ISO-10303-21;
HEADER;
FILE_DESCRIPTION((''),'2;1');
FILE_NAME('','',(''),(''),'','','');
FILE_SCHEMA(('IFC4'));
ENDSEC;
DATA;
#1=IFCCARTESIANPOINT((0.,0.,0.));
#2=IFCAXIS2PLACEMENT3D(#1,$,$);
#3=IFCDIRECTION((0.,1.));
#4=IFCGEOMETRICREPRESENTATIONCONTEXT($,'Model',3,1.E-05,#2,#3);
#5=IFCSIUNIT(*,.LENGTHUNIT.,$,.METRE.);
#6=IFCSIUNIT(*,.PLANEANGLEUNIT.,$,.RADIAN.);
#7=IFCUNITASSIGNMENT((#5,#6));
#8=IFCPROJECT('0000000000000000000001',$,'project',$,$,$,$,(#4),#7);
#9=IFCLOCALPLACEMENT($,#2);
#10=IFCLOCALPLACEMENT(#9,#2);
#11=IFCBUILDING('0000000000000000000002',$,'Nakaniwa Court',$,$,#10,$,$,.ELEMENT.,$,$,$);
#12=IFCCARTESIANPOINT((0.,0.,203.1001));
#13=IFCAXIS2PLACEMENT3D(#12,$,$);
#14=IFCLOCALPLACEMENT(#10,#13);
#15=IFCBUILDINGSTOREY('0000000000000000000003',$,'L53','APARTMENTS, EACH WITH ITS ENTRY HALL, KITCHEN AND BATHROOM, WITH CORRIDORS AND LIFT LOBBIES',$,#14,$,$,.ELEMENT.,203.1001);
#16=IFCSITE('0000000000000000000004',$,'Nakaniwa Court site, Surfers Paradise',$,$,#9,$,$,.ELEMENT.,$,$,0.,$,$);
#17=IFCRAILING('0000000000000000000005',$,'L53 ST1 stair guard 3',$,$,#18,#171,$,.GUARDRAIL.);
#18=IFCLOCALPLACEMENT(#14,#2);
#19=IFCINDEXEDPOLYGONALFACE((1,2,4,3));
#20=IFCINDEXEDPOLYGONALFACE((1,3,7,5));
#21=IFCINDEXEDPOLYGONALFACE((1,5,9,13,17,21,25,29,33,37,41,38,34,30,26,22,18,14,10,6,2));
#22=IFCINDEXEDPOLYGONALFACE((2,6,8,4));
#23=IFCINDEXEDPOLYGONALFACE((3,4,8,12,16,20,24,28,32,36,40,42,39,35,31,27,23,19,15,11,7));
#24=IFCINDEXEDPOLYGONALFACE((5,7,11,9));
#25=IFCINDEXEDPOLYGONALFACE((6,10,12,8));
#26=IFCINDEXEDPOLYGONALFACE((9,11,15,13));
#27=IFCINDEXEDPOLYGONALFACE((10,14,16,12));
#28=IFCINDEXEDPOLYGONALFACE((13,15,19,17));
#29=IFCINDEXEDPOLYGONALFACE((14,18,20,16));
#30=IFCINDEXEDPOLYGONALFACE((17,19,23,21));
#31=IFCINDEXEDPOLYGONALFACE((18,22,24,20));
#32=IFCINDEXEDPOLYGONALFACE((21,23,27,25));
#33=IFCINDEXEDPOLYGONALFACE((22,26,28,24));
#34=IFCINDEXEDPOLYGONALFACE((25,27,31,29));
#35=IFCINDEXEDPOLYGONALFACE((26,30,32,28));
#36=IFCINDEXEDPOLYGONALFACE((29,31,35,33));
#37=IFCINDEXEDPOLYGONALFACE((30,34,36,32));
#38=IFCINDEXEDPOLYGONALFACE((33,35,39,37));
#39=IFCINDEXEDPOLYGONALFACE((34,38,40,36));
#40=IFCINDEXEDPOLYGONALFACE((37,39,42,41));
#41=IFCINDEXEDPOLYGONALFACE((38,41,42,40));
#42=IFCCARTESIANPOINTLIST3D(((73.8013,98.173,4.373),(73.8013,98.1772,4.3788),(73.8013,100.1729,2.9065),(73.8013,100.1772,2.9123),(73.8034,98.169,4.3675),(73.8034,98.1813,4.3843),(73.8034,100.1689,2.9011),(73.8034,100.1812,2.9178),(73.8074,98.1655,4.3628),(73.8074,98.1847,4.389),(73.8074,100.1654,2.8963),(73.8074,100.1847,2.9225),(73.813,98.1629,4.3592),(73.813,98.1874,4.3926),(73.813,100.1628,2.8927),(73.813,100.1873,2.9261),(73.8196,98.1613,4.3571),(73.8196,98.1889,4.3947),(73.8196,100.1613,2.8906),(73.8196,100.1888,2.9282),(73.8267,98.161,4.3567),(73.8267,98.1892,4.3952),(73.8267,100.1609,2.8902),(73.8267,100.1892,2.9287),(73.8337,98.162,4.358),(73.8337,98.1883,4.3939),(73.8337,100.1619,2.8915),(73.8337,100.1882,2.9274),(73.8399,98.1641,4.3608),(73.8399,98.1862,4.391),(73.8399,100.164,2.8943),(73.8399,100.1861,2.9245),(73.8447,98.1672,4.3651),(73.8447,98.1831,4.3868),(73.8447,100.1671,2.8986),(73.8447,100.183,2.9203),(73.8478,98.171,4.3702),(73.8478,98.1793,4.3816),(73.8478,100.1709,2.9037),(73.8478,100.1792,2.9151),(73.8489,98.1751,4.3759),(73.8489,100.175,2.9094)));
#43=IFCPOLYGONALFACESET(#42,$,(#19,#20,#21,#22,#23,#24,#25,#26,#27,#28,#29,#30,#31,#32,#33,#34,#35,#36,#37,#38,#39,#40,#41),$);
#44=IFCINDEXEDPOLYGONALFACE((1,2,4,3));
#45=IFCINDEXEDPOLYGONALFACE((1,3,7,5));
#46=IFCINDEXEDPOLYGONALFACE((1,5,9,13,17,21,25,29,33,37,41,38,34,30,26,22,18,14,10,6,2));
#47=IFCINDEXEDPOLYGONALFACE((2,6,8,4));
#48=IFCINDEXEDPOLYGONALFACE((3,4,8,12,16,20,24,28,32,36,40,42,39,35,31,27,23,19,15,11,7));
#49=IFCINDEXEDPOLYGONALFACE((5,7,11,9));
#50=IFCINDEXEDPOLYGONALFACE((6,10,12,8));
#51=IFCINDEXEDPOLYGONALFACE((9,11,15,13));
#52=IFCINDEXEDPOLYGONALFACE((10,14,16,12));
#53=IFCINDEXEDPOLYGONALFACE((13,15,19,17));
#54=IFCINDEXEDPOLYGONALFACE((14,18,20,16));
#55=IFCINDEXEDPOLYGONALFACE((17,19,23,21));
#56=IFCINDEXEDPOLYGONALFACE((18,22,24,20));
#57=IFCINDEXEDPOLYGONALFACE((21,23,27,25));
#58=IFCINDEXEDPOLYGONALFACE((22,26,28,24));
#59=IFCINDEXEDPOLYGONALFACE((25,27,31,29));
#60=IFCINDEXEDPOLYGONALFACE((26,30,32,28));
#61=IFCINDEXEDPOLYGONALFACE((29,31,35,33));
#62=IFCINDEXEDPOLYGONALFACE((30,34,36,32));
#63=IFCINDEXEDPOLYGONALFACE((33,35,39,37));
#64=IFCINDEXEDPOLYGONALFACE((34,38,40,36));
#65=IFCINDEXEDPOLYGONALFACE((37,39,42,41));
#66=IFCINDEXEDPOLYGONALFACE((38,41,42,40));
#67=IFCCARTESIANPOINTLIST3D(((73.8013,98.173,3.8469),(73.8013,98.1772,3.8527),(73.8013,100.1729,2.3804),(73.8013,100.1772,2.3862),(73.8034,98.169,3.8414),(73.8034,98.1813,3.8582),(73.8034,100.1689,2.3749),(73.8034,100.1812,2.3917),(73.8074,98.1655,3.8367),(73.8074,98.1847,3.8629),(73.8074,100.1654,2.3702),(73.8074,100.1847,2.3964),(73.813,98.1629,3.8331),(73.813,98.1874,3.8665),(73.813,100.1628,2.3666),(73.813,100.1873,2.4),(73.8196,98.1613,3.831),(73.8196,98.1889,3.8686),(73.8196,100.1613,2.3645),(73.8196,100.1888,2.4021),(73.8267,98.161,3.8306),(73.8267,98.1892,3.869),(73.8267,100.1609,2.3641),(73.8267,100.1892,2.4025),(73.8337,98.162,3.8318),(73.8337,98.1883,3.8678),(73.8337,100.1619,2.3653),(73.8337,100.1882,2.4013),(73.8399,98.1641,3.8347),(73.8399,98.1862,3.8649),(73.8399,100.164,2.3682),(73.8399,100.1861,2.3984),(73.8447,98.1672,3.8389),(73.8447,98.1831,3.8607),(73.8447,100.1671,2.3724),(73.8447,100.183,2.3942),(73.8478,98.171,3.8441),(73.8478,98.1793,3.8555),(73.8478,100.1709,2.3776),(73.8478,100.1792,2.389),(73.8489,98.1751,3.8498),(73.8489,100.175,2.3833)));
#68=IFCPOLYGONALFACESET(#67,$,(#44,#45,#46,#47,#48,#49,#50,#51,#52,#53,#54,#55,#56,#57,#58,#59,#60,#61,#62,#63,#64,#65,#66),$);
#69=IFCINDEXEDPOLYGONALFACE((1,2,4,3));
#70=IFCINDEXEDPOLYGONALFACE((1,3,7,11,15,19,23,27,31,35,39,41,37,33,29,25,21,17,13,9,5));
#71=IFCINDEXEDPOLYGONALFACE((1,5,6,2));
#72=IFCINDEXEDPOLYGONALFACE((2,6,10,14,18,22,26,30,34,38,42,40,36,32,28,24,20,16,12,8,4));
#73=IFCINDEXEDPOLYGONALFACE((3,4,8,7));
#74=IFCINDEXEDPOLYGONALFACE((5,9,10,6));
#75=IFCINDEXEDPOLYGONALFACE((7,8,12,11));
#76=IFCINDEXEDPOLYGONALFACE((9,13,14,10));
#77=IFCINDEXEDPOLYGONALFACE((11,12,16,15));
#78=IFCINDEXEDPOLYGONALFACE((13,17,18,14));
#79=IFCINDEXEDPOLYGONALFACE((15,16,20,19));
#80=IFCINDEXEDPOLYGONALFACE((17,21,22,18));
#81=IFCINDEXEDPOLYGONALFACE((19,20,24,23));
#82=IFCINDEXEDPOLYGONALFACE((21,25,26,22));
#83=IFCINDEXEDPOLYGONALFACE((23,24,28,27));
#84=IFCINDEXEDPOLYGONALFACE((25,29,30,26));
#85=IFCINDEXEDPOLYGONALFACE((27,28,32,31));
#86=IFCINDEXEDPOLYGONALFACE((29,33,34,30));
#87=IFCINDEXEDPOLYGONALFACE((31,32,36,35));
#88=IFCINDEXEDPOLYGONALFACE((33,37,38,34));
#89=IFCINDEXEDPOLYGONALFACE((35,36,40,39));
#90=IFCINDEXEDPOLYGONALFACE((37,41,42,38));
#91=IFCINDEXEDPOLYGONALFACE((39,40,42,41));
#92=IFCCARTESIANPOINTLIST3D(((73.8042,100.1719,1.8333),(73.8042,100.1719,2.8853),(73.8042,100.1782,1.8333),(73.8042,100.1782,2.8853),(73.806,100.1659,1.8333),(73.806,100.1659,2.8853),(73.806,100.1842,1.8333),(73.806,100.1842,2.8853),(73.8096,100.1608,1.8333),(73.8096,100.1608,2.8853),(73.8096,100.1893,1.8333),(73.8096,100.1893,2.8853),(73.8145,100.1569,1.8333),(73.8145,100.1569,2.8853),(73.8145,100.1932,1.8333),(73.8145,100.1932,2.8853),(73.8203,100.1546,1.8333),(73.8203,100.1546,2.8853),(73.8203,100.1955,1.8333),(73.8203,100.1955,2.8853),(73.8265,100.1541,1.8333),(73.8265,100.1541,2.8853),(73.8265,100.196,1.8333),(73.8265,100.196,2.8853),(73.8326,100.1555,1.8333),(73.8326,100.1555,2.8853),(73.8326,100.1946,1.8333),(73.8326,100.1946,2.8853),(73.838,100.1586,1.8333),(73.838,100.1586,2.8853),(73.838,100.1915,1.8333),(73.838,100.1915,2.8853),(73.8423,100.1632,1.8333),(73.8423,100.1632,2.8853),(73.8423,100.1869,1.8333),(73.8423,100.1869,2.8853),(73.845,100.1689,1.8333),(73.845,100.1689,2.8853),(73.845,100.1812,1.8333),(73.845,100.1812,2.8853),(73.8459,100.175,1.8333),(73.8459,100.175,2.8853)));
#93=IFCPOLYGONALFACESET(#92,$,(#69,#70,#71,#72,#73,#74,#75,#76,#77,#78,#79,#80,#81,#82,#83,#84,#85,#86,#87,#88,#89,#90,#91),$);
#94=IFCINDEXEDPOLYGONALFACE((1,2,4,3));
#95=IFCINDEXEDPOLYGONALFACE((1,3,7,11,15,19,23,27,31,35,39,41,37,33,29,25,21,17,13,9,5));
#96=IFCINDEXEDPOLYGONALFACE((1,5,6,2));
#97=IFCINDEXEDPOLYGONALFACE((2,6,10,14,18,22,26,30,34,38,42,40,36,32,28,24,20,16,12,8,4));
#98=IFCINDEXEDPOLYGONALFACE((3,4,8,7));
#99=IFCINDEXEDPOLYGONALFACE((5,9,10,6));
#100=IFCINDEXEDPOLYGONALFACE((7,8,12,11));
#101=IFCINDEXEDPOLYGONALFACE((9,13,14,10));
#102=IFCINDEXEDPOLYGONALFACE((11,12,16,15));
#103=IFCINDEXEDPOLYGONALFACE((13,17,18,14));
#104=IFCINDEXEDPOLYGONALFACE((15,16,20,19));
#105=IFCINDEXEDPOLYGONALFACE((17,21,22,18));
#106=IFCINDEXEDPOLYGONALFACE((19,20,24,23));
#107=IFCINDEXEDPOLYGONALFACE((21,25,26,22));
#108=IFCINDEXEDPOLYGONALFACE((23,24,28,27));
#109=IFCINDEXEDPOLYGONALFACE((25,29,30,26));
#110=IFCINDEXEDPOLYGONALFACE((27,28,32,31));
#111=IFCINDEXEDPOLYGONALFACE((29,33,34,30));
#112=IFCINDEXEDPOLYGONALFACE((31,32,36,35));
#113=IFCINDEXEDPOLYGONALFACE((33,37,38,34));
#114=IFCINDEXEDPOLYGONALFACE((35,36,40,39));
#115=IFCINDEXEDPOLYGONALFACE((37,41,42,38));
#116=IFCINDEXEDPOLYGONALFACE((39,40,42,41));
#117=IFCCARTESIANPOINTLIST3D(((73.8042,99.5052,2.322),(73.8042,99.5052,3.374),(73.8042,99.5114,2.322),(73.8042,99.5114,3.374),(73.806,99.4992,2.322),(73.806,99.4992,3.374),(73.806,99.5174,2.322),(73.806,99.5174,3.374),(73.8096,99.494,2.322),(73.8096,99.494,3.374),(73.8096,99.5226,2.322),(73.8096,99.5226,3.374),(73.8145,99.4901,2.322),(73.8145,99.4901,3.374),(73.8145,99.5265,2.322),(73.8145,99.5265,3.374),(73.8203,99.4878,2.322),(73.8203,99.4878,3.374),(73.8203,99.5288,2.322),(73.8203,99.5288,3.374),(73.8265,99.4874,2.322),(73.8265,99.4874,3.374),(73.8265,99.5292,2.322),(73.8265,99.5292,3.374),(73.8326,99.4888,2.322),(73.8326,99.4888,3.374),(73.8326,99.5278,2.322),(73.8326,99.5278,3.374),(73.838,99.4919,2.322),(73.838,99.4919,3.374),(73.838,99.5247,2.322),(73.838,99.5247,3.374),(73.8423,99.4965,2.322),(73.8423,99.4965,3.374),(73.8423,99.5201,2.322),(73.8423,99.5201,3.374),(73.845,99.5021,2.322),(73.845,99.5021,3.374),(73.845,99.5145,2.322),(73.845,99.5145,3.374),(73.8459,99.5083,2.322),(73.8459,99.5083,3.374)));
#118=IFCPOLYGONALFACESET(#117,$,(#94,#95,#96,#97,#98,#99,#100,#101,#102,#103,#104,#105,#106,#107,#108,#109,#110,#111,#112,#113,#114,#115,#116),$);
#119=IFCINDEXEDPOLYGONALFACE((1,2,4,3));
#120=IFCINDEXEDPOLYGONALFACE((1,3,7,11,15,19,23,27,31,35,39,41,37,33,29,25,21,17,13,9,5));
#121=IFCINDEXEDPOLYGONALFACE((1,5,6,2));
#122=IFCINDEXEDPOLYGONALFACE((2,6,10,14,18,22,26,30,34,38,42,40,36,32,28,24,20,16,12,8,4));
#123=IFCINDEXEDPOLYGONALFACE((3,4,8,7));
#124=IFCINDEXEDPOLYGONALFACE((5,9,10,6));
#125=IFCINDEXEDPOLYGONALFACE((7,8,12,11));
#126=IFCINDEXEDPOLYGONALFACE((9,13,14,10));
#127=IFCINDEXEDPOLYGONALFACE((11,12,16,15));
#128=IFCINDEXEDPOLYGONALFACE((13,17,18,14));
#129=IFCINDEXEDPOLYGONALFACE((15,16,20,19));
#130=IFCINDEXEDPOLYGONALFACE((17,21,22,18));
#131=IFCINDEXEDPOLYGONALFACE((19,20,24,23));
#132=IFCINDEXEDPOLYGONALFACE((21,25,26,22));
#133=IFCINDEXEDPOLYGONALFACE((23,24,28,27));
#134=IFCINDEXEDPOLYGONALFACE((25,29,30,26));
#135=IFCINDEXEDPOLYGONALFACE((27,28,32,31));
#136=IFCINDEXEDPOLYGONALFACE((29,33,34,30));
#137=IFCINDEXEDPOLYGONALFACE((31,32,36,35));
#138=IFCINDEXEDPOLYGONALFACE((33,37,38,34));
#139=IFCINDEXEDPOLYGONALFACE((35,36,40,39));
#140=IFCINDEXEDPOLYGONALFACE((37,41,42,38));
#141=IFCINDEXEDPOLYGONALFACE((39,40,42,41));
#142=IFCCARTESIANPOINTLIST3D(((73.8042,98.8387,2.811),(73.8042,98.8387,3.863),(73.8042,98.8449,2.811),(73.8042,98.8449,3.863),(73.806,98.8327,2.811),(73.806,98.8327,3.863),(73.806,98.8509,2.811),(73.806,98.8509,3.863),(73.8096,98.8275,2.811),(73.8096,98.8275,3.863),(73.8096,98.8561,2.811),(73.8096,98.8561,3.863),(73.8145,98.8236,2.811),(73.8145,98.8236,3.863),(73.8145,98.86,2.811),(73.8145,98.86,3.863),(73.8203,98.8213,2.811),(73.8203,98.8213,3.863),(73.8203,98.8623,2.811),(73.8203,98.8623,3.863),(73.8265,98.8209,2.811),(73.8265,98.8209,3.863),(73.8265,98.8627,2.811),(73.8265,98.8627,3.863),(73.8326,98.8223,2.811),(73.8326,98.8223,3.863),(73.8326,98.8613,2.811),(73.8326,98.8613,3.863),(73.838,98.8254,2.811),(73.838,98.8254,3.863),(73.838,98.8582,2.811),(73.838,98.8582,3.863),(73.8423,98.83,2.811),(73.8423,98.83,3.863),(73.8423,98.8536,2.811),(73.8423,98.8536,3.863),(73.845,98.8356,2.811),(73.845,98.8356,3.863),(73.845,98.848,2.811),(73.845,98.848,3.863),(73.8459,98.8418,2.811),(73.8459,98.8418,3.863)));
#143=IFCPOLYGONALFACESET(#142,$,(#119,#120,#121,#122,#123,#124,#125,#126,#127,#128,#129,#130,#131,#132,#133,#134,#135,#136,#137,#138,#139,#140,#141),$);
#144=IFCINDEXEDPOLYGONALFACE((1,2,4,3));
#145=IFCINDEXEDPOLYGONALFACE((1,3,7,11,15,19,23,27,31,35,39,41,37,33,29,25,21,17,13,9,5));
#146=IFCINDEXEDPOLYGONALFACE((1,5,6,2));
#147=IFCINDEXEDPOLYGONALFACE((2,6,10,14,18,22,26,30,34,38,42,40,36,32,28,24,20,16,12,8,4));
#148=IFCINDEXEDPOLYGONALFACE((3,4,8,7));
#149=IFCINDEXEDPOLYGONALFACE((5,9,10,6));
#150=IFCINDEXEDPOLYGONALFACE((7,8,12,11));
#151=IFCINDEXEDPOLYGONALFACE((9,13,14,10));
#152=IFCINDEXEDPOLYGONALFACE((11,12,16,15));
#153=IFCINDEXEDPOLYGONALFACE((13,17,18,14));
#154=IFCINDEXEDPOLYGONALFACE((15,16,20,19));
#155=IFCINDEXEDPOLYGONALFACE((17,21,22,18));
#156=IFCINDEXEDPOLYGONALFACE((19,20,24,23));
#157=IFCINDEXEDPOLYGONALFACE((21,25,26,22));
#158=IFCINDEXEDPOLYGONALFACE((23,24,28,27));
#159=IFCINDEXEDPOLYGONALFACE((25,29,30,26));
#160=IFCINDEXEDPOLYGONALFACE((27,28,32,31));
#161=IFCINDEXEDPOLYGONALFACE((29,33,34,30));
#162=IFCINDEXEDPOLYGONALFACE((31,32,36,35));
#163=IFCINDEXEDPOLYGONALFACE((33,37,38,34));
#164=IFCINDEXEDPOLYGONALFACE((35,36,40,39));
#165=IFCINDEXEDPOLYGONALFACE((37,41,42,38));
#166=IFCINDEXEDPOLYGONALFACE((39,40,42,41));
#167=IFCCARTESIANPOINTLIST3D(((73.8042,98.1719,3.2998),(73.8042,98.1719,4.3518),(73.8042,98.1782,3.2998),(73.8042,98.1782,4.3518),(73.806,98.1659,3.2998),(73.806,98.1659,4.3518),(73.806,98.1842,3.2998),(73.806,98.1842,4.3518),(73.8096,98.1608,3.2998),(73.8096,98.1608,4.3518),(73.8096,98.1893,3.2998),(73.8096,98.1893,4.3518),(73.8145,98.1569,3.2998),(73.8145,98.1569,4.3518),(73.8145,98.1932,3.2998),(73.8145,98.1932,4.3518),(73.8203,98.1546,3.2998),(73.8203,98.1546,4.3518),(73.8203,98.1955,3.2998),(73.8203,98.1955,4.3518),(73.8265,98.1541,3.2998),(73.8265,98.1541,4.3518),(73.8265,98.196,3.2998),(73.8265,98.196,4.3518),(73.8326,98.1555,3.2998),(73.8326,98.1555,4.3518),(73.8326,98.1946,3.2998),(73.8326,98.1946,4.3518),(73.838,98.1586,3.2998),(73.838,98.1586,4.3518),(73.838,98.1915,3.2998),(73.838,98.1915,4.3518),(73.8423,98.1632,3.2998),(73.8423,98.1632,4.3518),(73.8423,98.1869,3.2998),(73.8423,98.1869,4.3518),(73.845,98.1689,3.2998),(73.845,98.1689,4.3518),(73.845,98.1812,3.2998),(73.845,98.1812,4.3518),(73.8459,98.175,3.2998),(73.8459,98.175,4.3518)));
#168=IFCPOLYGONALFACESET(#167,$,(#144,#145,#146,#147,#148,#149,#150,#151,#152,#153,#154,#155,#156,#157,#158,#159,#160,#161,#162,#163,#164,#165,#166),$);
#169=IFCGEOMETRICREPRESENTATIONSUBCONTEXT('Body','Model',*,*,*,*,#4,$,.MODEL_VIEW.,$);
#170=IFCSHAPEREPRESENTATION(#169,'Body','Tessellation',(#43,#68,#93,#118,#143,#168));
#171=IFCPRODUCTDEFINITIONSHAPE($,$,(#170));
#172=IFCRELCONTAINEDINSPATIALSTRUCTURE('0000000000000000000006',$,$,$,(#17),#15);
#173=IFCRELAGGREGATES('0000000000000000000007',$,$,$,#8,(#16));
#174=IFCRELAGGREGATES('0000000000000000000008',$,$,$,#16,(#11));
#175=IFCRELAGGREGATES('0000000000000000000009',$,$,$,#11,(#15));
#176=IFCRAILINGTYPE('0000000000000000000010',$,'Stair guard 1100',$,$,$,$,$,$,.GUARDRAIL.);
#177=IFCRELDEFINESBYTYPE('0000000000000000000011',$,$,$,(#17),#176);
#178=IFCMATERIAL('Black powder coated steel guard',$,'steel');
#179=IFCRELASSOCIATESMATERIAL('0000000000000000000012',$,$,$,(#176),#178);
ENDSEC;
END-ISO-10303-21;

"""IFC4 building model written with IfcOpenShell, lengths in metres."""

from ifc_helpers import new_model, si_unit, direction, frame, origin, origin_2d, place, context, subcontext, project, spatial, circle, extrude, material, type_object, element, save


model = new_model("IFC4")

# Units and contexts
model_context = context("Model", 3, precision=1e-05, world=origin(), true_north=direction((0.0, 1.0)))
body_context = subcontext(model_context, "Body", "Model", "MODEL_VIEW")
ifc_project = project(units=[si_unit("LENGTHUNIT", "METRE"), si_unit("PLANEANGLEUNIT", "RADIAN")], contexts=[model_context])

# Site, building, storey
site_placement = place(None, origin())
site = spatial("IfcSite", under=ifc_project, at=site_placement, Name="Nakaniwa Court site, Surfers Paradise", CompositionType="ELEMENT", RefElevation=0.0)
building_placement = place(site_placement, origin())
building = spatial("IfcBuilding", under=site, at=building_placement, Name="Nakaniwa Court", CompositionType="ELEMENT")
storey_placement = place(building_placement, frame((0.0, 0.0, 203.1001)))
storey = spatial("IfcBuildingStorey", under=building, at=storey_placement, Name="L53", Description="APARTMENTS, EACH WITH ITS ENTRY HALL, KITCHEN AND BATHROOM, WITH CORRIDORS AND LIFT LOBBIES", CompositionType="ELEMENT", Elevation=203.1001)

# Railing
ifc_material_1 = material(Name="Black powder coated steel guard", Category="steel")
railing_type_1 = type_object("IfcRailingType", Name="Stair guard 1100", PredefinedType="GUARDRAIL", material=ifc_material_1)
railing_1_placement = place(storey_placement, frame((73.825, 100.175, 1.8333)))
element("IfcRailing", 1, at=railing_1_placement, inside=storey, type_object=railing_type_1, Name="L53 ST1 stair guard 3", PredefinedType="GUARDRAIL", context=body_context, shape_type="SweptSolid", body=[
    extrude(circle(Radius=0.0239, at=origin_2d()), frame((0.0, 0.0, 1.0762), z_axis=(0.0, -0.806427, 0.591334), x_axis=(1.0, 0.0, 0.0)), (0.0, 0.0, 1.0), 2.48),
    extrude(circle(Radius=0.0239, at=origin_2d()), frame((0.0, 0.0, 0.55), z_axis=(0.0, -0.806427, 0.591334), x_axis=(1.0, 0.0, 0.0)), (0.0, 0.0, 1.0), 2.48),
    extrude(circle(Radius=0.021, at=origin_2d()), origin(), (0.0, 0.0, 1.0), 1.052),
    extrude(circle(Radius=0.021, at=origin_2d()), frame((0.0, -0.6667, 0.4888)), (0.0, 0.0, 1.0), 1.052),
    extrude(circle(Radius=0.021, at=origin_2d()), frame((0.0, -1.3333, 0.9778)), (0.0, 0.0, 1.0), 1.052),
    extrude(circle(Radius=0.021, at=origin_2d()), frame((0.0, -2.0, 1.4666)), (0.0, 0.0, 1.0), 1.052),
])

save(model, "model.ifc")
